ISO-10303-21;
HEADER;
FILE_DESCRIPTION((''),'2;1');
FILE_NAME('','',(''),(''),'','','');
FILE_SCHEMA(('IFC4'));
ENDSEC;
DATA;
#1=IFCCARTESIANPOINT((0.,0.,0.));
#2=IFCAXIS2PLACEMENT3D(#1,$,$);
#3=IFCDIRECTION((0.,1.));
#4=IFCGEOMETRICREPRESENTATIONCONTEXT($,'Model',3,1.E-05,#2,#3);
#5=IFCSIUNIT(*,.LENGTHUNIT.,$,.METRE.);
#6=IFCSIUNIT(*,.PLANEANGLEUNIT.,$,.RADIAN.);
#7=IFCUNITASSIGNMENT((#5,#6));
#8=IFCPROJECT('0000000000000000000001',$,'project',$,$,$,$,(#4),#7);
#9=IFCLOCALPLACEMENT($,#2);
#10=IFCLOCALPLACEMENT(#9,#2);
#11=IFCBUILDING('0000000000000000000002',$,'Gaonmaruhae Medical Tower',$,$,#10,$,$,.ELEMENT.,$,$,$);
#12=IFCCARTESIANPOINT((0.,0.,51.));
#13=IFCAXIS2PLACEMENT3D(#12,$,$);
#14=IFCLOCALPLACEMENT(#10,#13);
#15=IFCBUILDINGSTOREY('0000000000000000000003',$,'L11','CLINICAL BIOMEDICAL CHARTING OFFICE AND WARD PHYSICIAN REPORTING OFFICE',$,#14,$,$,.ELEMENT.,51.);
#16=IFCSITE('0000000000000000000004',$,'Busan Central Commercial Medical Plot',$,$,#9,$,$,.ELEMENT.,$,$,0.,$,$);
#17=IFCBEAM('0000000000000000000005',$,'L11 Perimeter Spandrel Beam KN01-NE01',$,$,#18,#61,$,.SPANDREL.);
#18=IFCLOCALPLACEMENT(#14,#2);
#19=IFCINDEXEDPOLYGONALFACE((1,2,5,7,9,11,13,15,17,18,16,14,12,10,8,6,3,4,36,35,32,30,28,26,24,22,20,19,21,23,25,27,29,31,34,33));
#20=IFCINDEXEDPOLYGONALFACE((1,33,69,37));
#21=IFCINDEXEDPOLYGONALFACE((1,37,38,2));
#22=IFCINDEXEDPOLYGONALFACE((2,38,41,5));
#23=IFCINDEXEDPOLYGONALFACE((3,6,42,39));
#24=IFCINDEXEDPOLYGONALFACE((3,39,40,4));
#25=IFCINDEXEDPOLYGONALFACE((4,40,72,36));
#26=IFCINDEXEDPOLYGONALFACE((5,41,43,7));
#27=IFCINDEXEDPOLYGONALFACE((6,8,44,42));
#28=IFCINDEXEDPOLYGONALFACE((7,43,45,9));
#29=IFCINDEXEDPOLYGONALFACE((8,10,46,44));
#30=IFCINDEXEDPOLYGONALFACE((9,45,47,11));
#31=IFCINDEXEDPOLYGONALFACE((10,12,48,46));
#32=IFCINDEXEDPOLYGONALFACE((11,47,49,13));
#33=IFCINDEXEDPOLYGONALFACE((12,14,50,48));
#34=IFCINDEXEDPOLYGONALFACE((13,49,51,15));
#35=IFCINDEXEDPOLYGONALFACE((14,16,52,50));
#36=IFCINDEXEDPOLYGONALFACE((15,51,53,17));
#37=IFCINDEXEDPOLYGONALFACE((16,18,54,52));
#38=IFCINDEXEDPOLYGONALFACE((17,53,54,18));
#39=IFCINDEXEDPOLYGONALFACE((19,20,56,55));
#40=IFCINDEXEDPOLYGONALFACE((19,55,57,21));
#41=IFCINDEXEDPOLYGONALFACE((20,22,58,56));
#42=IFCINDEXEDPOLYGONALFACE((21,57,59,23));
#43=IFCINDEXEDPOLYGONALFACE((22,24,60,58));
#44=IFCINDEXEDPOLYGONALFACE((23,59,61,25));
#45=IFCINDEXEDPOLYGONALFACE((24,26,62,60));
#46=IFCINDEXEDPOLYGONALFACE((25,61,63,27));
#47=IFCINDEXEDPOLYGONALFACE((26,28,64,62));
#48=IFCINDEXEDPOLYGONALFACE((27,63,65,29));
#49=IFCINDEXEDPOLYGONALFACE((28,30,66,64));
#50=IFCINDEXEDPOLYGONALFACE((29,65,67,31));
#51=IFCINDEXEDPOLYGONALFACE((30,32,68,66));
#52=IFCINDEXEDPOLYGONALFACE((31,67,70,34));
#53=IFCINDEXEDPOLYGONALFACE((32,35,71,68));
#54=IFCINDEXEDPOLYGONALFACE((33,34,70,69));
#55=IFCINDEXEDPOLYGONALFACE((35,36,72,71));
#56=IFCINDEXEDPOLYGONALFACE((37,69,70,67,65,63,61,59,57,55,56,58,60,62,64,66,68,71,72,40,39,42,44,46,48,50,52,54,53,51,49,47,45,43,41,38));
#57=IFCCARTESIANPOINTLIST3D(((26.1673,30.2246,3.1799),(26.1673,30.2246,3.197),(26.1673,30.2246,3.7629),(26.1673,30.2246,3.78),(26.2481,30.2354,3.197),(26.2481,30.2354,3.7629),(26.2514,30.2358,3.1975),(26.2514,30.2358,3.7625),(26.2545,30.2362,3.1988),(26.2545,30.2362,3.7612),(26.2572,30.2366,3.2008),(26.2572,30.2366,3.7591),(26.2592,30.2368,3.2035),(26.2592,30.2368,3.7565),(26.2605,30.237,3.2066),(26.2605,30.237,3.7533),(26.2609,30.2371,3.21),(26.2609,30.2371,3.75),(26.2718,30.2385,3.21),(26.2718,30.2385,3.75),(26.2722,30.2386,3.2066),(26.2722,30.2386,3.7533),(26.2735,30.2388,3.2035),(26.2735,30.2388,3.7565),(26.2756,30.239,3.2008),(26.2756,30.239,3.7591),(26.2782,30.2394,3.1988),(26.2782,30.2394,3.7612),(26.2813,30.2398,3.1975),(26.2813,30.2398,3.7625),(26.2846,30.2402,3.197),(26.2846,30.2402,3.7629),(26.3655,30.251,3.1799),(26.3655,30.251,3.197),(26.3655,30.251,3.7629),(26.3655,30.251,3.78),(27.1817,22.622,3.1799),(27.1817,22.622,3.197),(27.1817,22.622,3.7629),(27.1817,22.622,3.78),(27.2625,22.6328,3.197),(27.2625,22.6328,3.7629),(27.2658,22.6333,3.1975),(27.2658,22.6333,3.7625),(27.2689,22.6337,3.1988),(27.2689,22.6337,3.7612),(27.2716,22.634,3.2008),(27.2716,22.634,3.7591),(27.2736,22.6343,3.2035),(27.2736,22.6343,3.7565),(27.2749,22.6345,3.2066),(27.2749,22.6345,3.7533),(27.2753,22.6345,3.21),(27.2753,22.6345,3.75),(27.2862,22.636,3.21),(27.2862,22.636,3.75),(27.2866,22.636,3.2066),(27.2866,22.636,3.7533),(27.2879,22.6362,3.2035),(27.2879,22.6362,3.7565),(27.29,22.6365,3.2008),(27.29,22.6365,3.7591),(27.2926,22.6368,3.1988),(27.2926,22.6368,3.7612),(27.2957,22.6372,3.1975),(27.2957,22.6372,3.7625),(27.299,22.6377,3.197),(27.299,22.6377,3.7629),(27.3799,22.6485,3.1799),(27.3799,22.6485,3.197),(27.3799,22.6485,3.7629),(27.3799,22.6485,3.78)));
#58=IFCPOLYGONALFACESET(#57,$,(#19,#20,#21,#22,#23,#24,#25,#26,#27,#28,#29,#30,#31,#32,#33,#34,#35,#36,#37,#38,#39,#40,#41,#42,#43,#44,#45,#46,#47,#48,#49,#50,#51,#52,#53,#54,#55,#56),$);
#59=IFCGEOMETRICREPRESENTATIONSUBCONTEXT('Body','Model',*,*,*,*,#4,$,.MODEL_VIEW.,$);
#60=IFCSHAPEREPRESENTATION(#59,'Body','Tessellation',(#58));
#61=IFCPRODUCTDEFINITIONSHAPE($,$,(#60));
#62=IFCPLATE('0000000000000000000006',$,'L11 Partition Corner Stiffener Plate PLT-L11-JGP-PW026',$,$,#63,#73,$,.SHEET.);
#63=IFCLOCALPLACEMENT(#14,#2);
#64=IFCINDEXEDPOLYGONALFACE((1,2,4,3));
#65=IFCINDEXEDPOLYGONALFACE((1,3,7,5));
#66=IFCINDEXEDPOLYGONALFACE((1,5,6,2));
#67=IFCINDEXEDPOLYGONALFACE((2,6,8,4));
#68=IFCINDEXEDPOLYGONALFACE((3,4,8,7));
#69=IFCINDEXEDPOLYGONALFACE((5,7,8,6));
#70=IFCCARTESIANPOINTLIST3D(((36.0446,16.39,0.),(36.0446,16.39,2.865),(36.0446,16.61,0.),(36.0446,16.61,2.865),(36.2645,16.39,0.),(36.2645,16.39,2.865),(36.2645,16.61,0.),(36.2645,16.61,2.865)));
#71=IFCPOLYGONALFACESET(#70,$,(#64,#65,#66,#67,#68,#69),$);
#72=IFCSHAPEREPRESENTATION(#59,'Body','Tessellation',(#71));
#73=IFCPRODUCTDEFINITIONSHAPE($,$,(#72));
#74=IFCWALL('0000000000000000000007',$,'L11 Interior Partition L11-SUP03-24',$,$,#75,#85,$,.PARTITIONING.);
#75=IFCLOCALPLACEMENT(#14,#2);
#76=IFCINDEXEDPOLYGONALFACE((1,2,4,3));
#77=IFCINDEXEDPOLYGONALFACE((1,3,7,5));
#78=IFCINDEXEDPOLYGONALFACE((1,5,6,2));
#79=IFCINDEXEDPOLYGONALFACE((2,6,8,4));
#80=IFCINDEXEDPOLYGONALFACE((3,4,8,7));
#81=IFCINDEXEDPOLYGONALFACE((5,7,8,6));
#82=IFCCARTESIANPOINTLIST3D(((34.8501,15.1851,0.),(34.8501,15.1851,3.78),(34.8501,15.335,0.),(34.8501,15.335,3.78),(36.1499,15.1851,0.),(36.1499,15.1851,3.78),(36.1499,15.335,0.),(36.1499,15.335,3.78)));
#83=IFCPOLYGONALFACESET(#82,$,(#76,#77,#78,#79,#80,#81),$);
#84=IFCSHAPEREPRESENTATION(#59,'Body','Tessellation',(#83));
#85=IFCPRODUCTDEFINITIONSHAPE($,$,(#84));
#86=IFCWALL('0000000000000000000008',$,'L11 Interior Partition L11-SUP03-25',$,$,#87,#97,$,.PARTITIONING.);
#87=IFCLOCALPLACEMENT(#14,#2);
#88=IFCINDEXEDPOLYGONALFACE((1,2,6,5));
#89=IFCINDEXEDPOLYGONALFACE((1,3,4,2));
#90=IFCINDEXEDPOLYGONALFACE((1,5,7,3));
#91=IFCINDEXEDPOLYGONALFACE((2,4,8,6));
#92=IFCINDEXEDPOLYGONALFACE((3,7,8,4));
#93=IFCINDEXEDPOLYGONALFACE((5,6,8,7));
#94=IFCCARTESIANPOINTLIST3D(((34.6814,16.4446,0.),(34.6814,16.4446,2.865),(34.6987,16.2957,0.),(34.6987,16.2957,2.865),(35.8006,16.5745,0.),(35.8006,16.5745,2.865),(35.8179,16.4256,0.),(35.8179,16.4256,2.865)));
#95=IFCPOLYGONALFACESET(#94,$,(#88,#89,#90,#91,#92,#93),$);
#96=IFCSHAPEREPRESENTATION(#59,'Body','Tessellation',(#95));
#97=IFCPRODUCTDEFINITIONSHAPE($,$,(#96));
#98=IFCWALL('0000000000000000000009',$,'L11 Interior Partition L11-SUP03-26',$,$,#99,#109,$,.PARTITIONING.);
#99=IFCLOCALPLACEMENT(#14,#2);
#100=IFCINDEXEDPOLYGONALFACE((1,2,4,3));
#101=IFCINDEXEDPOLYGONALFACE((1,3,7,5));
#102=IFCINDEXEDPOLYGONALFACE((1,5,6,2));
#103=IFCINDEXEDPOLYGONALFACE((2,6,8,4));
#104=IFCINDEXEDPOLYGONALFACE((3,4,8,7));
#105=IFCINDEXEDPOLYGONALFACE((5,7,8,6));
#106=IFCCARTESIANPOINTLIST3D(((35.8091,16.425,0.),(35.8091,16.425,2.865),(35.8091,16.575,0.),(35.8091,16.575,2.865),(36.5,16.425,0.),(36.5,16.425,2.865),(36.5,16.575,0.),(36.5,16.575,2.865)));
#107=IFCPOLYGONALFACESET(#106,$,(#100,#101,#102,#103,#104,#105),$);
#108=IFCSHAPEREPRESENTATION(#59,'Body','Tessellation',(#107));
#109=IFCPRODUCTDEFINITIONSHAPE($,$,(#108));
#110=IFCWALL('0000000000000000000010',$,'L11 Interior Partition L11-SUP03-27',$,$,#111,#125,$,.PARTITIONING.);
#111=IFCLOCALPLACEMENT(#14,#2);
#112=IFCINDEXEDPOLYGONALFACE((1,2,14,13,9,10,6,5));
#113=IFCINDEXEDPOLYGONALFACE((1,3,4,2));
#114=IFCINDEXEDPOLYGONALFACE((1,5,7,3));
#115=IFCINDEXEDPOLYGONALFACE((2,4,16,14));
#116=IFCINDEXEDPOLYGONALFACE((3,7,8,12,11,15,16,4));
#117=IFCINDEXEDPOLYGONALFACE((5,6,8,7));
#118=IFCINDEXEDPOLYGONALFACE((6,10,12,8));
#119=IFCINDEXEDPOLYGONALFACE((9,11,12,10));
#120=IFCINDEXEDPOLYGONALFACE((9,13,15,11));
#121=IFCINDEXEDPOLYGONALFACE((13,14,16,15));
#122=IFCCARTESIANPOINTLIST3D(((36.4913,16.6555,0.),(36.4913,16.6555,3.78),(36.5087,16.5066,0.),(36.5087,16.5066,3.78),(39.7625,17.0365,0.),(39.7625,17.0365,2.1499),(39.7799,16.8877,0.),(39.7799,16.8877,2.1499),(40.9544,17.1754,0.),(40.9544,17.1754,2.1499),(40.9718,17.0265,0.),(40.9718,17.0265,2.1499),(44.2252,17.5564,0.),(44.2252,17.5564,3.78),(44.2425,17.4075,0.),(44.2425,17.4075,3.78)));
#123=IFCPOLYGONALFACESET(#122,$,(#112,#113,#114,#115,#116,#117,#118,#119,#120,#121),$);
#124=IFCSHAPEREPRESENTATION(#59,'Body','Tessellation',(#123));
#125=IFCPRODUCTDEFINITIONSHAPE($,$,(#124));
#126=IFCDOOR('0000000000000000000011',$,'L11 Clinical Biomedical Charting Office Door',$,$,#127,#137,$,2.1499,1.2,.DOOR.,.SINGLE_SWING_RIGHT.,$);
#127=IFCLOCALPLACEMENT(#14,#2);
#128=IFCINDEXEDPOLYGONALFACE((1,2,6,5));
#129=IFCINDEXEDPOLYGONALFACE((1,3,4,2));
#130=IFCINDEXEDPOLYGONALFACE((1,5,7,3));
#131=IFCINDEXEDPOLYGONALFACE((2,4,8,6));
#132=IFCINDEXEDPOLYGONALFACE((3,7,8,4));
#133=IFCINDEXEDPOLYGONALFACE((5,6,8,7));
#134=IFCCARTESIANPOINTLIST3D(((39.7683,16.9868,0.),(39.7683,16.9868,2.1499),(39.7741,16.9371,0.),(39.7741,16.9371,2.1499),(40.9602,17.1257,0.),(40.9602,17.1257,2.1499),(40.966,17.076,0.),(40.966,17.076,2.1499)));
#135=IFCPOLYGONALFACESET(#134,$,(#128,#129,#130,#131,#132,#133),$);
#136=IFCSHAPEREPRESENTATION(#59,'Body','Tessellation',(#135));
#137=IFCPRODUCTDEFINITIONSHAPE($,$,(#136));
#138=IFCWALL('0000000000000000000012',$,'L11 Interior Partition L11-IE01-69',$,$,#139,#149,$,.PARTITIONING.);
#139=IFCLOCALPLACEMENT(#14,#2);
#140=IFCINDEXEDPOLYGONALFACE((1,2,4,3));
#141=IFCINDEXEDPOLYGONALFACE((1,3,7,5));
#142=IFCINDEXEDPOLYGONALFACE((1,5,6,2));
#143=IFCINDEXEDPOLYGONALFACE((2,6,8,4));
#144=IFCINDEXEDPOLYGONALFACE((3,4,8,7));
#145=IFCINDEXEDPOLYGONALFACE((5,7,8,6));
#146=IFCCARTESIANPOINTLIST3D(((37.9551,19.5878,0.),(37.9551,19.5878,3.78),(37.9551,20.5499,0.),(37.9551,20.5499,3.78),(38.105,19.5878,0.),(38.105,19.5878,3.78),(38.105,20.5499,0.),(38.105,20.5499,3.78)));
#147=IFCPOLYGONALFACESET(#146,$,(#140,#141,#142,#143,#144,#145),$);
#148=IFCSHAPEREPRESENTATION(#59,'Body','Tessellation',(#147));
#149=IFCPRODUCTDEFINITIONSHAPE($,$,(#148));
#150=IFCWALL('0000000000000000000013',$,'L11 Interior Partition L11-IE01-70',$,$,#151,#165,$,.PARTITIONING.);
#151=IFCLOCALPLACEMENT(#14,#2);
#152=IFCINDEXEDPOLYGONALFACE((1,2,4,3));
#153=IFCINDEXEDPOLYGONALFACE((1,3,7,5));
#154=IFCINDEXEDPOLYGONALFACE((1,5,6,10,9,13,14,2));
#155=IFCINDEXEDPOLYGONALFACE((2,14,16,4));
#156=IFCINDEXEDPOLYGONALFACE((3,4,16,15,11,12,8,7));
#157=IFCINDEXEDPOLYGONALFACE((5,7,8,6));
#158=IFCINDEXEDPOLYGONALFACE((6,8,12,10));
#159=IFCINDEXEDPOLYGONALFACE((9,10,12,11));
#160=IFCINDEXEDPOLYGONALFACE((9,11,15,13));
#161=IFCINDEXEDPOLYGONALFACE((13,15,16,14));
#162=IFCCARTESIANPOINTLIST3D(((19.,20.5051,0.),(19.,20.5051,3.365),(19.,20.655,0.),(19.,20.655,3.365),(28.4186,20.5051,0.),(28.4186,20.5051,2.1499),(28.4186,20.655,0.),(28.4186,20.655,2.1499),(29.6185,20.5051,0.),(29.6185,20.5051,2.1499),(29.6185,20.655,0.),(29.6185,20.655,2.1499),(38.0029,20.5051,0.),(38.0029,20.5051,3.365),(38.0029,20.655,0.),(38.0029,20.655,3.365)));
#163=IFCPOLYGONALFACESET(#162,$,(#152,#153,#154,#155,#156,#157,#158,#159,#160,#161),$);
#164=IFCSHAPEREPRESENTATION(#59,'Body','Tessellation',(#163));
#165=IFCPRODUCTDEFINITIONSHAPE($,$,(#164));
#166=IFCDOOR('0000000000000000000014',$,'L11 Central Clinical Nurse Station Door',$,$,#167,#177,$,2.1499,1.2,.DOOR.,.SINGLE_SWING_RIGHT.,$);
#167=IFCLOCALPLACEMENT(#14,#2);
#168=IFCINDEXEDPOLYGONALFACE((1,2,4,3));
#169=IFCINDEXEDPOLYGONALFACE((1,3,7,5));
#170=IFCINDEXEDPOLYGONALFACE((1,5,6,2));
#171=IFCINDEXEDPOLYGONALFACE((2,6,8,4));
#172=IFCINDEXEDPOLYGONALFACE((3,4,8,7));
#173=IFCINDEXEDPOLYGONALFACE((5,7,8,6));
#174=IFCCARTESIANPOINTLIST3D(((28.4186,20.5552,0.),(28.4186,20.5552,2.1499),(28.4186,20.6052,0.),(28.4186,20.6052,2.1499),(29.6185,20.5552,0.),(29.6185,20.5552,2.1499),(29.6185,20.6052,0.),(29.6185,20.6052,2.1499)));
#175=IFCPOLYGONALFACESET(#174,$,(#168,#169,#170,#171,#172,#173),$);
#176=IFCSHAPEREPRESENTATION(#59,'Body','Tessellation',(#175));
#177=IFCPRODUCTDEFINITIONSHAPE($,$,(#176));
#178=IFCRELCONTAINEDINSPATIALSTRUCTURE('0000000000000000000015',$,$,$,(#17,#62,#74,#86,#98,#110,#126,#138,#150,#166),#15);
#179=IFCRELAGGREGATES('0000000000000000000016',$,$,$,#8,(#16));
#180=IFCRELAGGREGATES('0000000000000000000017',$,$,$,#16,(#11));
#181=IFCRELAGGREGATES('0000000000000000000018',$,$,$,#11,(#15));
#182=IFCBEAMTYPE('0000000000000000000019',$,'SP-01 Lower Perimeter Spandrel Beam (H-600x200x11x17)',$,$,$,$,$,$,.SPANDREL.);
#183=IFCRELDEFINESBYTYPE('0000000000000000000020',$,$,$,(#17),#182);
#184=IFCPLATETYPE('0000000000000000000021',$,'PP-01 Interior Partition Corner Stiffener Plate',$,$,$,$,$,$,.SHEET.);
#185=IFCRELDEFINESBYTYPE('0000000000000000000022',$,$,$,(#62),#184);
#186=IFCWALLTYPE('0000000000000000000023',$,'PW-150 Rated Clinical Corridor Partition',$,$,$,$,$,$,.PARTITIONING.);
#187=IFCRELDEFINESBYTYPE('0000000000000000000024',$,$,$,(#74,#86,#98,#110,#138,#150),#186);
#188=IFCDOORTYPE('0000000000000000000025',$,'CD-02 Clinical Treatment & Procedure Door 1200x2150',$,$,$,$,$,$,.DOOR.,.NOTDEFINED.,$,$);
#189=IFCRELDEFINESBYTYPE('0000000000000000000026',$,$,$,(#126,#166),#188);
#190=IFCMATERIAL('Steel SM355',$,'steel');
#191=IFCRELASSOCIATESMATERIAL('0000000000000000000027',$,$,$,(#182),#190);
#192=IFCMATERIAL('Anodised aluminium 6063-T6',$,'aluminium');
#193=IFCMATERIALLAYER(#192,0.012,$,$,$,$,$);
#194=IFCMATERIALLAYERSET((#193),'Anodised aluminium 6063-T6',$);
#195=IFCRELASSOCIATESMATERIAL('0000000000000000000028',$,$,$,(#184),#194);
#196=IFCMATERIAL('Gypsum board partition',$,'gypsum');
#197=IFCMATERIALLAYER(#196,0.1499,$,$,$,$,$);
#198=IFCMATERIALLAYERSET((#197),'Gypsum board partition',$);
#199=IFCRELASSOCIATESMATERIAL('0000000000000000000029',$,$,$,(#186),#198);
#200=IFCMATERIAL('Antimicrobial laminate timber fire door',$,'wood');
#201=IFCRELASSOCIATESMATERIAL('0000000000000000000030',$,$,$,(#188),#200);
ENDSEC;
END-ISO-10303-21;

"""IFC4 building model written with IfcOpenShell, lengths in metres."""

from ifc_helpers import new_model, si_unit, direction, frame, frame_2d, origin, origin_2d, place, context, subcontext, project, spatial, rectangle, i_section, extrude, material, layer, layer_set, material_profile, profile_set, type_object, element, fill, save


model = new_model("IFC4")

# Units and contexts
model_context = context("Model", 3, precision=1e-05, world=origin(), true_north=direction((0.0, 1.0)))
body_context = subcontext(model_context, "Body", "Model", "MODEL_VIEW")
ifc_project = project(units=[si_unit("LENGTHUNIT", "METRE"), si_unit("PLANEANGLEUNIT", "RADIAN")], contexts=[model_context])

# Site, building, storey
site_placement = place(None, origin())
site = spatial("IfcSite", under=ifc_project, at=site_placement, Name="Busan Central Commercial Medical Plot", CompositionType="ELEMENT", RefElevation=0.0)
building_placement = place(site_placement, origin())
building = spatial("IfcBuilding", under=site, at=building_placement, Name="Gaonmaruhae Medical Tower", CompositionType="ELEMENT")
storey_placement = place(building_placement, frame((0.0, 0.0, 51.0)))
storey = spatial("IfcBuildingStorey", under=building, at=storey_placement, Name="L11", Description="CLINICAL BIOMEDICAL CHARTING OFFICE AND WARD PHYSICIAN REPORTING OFFICE", CompositionType="ELEMENT", Elevation=51.0)

# Beam
ifc_material_1 = material(Name="Steel SM355", Category="steel")
ifc_material_profile_1 = material_profile(ifc_material_1, i_section(OverallWidth=0.2, OverallDepth=0.6001, WebThickness=0.011, FlangeThickness=0.0171, FilletRadius=0.0129, at=origin_2d()), Name="H-600x200x11x17")
ifc_profile_set_1 = profile_set([ifc_material_profile_1], Name="Steel SM355")
beam_type_1 = type_object("IfcBeamType", Name="SP-01 Lower Perimeter Spandrel Beam (H-600x200x11x17)", PredefinedType="SPANDREL", material=ifc_profile_set_1)
beam_1_placement = place(storey_placement, frame((27.2808, 22.6353, 3.48), z_axis=(-0.132258, 0.991215, 0.0), x_axis=(-0.991215, -0.132258, 0.0)))
element("IfcBeam", 1, at=beam_1_placement, inside=storey, type_object=beam_type_1, Name="L11 Perimeter Spandrel Beam KN01-NE01", PredefinedType="SPANDREL", context=body_context, shape_type="SweptSolid", body=[
    extrude(i_section(OverallWidth=0.2, OverallDepth=0.6001, WebThickness=0.011, FlangeThickness=0.0171, FilletRadius=0.0129, at=origin_2d()), origin(), (0.0, 0.0, 1.0), 7.6699),
])

# Plate
ifc_material_2 = material(Name="Anodised aluminium 6063-T6", Category="aluminium")
ifc_layer_1 = layer(ifc_material_2, 0.012)
ifc_layer_set_1 = layer_set([ifc_layer_1], Name="Anodised aluminium 6063-T6")
plate_type = type_object("IfcPlateType", Name="PP-01 Interior Partition Corner Stiffener Plate", PredefinedType="SHEET", material=ifc_layer_set_1)
plate_placement = place(storey_placement, frame((36.1545, 16.5, 0.0), z_axis=(0.0, 0.0, 1.0), x_axis=(1.0, 0.0, 0.0)))
element("IfcPlate", 2, at=plate_placement, inside=storey, type_object=plate_type, Name="L11 Partition Corner Stiffener Plate PLT-L11-JGP-PW026", PredefinedType="SHEET", context=body_context, shape_type="SweptSolid", body=[
    extrude(rectangle(XDim=0.22, YDim=0.22, at=origin_2d()), origin(), (0.0, 0.0, 1.0), 2.865),
])

# Walls
ifc_material_3 = material(Name="Gypsum board partition", Category="gypsum")
ifc_layer_2 = layer(ifc_material_3, 0.1499)
ifc_layer_set_2 = layer_set([ifc_layer_2], Name="Gypsum board partition")
wall_type_1 = type_object("IfcWallType", Name="PW-150 Rated Clinical Corridor Partition", PredefinedType="PARTITIONING", material=ifc_layer_set_2)
wall_1_placement = place(storey_placement, frame((36.1499, 15.26, 0.0), z_axis=(0.0, 0.0, 1.0), x_axis=(-1.0, 0.0, 0.0)))
element("IfcWall", 3, at=wall_1_placement, inside=storey, type_object=wall_type_1, Name="L11 Interior Partition L11-SUP03-24", PredefinedType="PARTITIONING", context=body_context, shape_type="SweptSolid", body=[
    extrude(rectangle(XDim=1.2998, YDim=0.1499, at=frame_2d((0.6499, 0.0))), origin(), (0.0, 0.0, 1.0), 3.78),
])
wall_2_placement = place(storey_placement, frame((34.6899, 16.3701, 0.0), z_axis=(0.0, 0.0, 1.0), x_axis=(0.993333, 0.115282, 0.0)))
element("IfcWall", 4, at=wall_2_placement, inside=storey, type_object=wall_type_1, Name="L11 Interior Partition L11-SUP03-25", PredefinedType="PARTITIONING", context=body_context, shape_type="SweptSolid", body=[
    extrude(rectangle(XDim=1.1267, YDim=0.1499, at=frame_2d((0.5635, 0.0))), origin(), (0.0, 0.0, 1.0), 2.865),
])
wall_3_placement = place(storey_placement, frame((35.8091, 16.5, 0.0), z_axis=(0.0, 0.0, 1.0), x_axis=(1.0, 0.0, 0.0)))
element("IfcWall", 5, at=wall_3_placement, inside=storey, type_object=wall_type_1, Name="L11 Interior Partition L11-SUP03-26", PredefinedType="PARTITIONING", context=body_context, shape_type="SweptSolid", body=[
    extrude(rectangle(XDim=0.6909, YDim=0.1499, at=frame_2d((0.3455, 0.0))), origin(), (0.0, 0.0, 1.0), 2.865),
])

# Wall, opening, door
wall_4_placement = place(storey_placement, frame((36.5, 16.5811, 0.0), z_axis=(0.0, 0.0, 1.0), x_axis=(0.993284, 0.115702, 0.0)))
wall_4 = element("IfcWall", 6, at=wall_4_placement, inside=storey, type_object=wall_type_1, Name="L11 Interior Partition L11-SUP03-27", PredefinedType="PARTITIONING", context=body_context, shape_type="SweptSolid", body=[
    extrude(rectangle(XDim=7.7861, YDim=0.1499, at=frame_2d((3.8931, 0.0))), origin(), (0.0, 0.0, 1.0), 3.78),
])
opening_1_placement = place(wall_4_placement, frame((3.2932, 0.0, 0.0)))
opening_1 = element("IfcOpeningElement", 7, at=opening_1_placement, cuts=wall_4, PredefinedType="OPENING", context=body_context, shape_type="SweptSolid", body=[
    extrude(rectangle(XDim=1.2, YDim=2.1499, at=frame_2d((0.6001, 1.075))), frame((0.0, 0.085, 0.0), z_axis=(0.0, -1.0, 0.0), x_axis=(1.0, 0.0, 0.0)), (0.0, 0.0, 1.0), 0.1699),
])
ifc_material_4 = material(Name="Antimicrobial laminate timber fire door", Category="wood")
door_type_1 = type_object("IfcDoorType", Name="CD-02 Clinical Treatment & Procedure Door 1200x2150", OperationType="NOTDEFINED", PredefinedType="DOOR", material=ifc_material_4)
door_1_placement = place(opening_1_placement, origin())
door_1 = element("IfcDoor", 8, at=door_1_placement, inside=storey, type_object=door_type_1, Name="L11 Clinical Biomedical Charting Office Door", OperationType="SINGLE_SWING_RIGHT", OverallHeight=2.1499, OverallWidth=1.2, PredefinedType="DOOR", context=body_context, shape_type="SweptSolid", body=[
    extrude(rectangle(XDim=1.2, YDim=2.1499, at=frame_2d((0.6001, 1.075))), frame((0.0, 0.0249, 0.0), z_axis=(0.0, -1.0, 0.0), x_axis=(1.0, 0.0, 0.0)), (0.0, 0.0, 1.0), 0.05),
])
fill(opening_1, door_1)

# Wall
wall_5_placement = place(storey_placement, frame((38.03, 19.5879, 0.0), z_axis=(0.0, 0.0, 1.0), x_axis=(0.0, 1.0, 0.0)))
element("IfcWall", 9, at=wall_5_placement, inside=storey, type_object=wall_type_1, Name="L11 Interior Partition L11-IE01-69", PredefinedType="PARTITIONING", context=body_context, shape_type="SweptSolid", body=[
    extrude(rectangle(XDim=0.9622, YDim=0.1499, at=frame_2d((0.481, 0.0))), origin(), (0.0, 0.0, 1.0), 3.78),
])

# Wall, opening, door
wall_6_placement = place(storey_placement, frame((38.0029, 20.5801, 0.0), z_axis=(0.0, 0.0, 1.0), x_axis=(-1.0, 0.0, 0.0)))
wall_6 = element("IfcWall", 10, at=wall_6_placement, inside=storey, type_object=wall_type_1, Name="L11 Interior Partition L11-IE01-70", PredefinedType="PARTITIONING", context=body_context, shape_type="SweptSolid", body=[
    extrude(rectangle(XDim=19.0029, YDim=0.1499, at=frame_2d((9.5015, 0.0))), origin(), (0.0, 0.0, 1.0), 3.365),
])
opening_2_placement = place(wall_6_placement, frame((8.3843, 0.0, 0.0)))
opening_2 = element("IfcOpeningElement", 11, at=opening_2_placement, cuts=wall_6, PredefinedType="OPENING", context=body_context, shape_type="SweptSolid", body=[
    extrude(rectangle(XDim=1.2, YDim=2.1499, at=frame_2d((0.6001, 1.075))), frame((0.0, 0.085, 0.0), z_axis=(0.0, -1.0, 0.0), x_axis=(1.0, 0.0, 0.0)), (0.0, 0.0, 1.0), 0.1699),
])
door_2_placement = place(opening_2_placement, origin())
door_2 = element("IfcDoor", 12, at=door_2_placement, inside=storey, type_object=door_type_1, Name="L11 Central Clinical Nurse Station Door", OperationType="SINGLE_SWING_RIGHT", OverallHeight=2.1499, OverallWidth=1.2, PredefinedType="DOOR", context=body_context, shape_type="SweptSolid", body=[
    extrude(rectangle(XDim=1.2, YDim=2.1499, at=frame_2d((0.6001, 1.075))), frame((0.0, 0.0249, 0.0), z_axis=(0.0, -1.0, 0.0), x_axis=(1.0, 0.0, 0.0)), (0.0, 0.0, 1.0), 0.05),
])
fill(opening_2, door_2)

save(model, "model.ifc")
